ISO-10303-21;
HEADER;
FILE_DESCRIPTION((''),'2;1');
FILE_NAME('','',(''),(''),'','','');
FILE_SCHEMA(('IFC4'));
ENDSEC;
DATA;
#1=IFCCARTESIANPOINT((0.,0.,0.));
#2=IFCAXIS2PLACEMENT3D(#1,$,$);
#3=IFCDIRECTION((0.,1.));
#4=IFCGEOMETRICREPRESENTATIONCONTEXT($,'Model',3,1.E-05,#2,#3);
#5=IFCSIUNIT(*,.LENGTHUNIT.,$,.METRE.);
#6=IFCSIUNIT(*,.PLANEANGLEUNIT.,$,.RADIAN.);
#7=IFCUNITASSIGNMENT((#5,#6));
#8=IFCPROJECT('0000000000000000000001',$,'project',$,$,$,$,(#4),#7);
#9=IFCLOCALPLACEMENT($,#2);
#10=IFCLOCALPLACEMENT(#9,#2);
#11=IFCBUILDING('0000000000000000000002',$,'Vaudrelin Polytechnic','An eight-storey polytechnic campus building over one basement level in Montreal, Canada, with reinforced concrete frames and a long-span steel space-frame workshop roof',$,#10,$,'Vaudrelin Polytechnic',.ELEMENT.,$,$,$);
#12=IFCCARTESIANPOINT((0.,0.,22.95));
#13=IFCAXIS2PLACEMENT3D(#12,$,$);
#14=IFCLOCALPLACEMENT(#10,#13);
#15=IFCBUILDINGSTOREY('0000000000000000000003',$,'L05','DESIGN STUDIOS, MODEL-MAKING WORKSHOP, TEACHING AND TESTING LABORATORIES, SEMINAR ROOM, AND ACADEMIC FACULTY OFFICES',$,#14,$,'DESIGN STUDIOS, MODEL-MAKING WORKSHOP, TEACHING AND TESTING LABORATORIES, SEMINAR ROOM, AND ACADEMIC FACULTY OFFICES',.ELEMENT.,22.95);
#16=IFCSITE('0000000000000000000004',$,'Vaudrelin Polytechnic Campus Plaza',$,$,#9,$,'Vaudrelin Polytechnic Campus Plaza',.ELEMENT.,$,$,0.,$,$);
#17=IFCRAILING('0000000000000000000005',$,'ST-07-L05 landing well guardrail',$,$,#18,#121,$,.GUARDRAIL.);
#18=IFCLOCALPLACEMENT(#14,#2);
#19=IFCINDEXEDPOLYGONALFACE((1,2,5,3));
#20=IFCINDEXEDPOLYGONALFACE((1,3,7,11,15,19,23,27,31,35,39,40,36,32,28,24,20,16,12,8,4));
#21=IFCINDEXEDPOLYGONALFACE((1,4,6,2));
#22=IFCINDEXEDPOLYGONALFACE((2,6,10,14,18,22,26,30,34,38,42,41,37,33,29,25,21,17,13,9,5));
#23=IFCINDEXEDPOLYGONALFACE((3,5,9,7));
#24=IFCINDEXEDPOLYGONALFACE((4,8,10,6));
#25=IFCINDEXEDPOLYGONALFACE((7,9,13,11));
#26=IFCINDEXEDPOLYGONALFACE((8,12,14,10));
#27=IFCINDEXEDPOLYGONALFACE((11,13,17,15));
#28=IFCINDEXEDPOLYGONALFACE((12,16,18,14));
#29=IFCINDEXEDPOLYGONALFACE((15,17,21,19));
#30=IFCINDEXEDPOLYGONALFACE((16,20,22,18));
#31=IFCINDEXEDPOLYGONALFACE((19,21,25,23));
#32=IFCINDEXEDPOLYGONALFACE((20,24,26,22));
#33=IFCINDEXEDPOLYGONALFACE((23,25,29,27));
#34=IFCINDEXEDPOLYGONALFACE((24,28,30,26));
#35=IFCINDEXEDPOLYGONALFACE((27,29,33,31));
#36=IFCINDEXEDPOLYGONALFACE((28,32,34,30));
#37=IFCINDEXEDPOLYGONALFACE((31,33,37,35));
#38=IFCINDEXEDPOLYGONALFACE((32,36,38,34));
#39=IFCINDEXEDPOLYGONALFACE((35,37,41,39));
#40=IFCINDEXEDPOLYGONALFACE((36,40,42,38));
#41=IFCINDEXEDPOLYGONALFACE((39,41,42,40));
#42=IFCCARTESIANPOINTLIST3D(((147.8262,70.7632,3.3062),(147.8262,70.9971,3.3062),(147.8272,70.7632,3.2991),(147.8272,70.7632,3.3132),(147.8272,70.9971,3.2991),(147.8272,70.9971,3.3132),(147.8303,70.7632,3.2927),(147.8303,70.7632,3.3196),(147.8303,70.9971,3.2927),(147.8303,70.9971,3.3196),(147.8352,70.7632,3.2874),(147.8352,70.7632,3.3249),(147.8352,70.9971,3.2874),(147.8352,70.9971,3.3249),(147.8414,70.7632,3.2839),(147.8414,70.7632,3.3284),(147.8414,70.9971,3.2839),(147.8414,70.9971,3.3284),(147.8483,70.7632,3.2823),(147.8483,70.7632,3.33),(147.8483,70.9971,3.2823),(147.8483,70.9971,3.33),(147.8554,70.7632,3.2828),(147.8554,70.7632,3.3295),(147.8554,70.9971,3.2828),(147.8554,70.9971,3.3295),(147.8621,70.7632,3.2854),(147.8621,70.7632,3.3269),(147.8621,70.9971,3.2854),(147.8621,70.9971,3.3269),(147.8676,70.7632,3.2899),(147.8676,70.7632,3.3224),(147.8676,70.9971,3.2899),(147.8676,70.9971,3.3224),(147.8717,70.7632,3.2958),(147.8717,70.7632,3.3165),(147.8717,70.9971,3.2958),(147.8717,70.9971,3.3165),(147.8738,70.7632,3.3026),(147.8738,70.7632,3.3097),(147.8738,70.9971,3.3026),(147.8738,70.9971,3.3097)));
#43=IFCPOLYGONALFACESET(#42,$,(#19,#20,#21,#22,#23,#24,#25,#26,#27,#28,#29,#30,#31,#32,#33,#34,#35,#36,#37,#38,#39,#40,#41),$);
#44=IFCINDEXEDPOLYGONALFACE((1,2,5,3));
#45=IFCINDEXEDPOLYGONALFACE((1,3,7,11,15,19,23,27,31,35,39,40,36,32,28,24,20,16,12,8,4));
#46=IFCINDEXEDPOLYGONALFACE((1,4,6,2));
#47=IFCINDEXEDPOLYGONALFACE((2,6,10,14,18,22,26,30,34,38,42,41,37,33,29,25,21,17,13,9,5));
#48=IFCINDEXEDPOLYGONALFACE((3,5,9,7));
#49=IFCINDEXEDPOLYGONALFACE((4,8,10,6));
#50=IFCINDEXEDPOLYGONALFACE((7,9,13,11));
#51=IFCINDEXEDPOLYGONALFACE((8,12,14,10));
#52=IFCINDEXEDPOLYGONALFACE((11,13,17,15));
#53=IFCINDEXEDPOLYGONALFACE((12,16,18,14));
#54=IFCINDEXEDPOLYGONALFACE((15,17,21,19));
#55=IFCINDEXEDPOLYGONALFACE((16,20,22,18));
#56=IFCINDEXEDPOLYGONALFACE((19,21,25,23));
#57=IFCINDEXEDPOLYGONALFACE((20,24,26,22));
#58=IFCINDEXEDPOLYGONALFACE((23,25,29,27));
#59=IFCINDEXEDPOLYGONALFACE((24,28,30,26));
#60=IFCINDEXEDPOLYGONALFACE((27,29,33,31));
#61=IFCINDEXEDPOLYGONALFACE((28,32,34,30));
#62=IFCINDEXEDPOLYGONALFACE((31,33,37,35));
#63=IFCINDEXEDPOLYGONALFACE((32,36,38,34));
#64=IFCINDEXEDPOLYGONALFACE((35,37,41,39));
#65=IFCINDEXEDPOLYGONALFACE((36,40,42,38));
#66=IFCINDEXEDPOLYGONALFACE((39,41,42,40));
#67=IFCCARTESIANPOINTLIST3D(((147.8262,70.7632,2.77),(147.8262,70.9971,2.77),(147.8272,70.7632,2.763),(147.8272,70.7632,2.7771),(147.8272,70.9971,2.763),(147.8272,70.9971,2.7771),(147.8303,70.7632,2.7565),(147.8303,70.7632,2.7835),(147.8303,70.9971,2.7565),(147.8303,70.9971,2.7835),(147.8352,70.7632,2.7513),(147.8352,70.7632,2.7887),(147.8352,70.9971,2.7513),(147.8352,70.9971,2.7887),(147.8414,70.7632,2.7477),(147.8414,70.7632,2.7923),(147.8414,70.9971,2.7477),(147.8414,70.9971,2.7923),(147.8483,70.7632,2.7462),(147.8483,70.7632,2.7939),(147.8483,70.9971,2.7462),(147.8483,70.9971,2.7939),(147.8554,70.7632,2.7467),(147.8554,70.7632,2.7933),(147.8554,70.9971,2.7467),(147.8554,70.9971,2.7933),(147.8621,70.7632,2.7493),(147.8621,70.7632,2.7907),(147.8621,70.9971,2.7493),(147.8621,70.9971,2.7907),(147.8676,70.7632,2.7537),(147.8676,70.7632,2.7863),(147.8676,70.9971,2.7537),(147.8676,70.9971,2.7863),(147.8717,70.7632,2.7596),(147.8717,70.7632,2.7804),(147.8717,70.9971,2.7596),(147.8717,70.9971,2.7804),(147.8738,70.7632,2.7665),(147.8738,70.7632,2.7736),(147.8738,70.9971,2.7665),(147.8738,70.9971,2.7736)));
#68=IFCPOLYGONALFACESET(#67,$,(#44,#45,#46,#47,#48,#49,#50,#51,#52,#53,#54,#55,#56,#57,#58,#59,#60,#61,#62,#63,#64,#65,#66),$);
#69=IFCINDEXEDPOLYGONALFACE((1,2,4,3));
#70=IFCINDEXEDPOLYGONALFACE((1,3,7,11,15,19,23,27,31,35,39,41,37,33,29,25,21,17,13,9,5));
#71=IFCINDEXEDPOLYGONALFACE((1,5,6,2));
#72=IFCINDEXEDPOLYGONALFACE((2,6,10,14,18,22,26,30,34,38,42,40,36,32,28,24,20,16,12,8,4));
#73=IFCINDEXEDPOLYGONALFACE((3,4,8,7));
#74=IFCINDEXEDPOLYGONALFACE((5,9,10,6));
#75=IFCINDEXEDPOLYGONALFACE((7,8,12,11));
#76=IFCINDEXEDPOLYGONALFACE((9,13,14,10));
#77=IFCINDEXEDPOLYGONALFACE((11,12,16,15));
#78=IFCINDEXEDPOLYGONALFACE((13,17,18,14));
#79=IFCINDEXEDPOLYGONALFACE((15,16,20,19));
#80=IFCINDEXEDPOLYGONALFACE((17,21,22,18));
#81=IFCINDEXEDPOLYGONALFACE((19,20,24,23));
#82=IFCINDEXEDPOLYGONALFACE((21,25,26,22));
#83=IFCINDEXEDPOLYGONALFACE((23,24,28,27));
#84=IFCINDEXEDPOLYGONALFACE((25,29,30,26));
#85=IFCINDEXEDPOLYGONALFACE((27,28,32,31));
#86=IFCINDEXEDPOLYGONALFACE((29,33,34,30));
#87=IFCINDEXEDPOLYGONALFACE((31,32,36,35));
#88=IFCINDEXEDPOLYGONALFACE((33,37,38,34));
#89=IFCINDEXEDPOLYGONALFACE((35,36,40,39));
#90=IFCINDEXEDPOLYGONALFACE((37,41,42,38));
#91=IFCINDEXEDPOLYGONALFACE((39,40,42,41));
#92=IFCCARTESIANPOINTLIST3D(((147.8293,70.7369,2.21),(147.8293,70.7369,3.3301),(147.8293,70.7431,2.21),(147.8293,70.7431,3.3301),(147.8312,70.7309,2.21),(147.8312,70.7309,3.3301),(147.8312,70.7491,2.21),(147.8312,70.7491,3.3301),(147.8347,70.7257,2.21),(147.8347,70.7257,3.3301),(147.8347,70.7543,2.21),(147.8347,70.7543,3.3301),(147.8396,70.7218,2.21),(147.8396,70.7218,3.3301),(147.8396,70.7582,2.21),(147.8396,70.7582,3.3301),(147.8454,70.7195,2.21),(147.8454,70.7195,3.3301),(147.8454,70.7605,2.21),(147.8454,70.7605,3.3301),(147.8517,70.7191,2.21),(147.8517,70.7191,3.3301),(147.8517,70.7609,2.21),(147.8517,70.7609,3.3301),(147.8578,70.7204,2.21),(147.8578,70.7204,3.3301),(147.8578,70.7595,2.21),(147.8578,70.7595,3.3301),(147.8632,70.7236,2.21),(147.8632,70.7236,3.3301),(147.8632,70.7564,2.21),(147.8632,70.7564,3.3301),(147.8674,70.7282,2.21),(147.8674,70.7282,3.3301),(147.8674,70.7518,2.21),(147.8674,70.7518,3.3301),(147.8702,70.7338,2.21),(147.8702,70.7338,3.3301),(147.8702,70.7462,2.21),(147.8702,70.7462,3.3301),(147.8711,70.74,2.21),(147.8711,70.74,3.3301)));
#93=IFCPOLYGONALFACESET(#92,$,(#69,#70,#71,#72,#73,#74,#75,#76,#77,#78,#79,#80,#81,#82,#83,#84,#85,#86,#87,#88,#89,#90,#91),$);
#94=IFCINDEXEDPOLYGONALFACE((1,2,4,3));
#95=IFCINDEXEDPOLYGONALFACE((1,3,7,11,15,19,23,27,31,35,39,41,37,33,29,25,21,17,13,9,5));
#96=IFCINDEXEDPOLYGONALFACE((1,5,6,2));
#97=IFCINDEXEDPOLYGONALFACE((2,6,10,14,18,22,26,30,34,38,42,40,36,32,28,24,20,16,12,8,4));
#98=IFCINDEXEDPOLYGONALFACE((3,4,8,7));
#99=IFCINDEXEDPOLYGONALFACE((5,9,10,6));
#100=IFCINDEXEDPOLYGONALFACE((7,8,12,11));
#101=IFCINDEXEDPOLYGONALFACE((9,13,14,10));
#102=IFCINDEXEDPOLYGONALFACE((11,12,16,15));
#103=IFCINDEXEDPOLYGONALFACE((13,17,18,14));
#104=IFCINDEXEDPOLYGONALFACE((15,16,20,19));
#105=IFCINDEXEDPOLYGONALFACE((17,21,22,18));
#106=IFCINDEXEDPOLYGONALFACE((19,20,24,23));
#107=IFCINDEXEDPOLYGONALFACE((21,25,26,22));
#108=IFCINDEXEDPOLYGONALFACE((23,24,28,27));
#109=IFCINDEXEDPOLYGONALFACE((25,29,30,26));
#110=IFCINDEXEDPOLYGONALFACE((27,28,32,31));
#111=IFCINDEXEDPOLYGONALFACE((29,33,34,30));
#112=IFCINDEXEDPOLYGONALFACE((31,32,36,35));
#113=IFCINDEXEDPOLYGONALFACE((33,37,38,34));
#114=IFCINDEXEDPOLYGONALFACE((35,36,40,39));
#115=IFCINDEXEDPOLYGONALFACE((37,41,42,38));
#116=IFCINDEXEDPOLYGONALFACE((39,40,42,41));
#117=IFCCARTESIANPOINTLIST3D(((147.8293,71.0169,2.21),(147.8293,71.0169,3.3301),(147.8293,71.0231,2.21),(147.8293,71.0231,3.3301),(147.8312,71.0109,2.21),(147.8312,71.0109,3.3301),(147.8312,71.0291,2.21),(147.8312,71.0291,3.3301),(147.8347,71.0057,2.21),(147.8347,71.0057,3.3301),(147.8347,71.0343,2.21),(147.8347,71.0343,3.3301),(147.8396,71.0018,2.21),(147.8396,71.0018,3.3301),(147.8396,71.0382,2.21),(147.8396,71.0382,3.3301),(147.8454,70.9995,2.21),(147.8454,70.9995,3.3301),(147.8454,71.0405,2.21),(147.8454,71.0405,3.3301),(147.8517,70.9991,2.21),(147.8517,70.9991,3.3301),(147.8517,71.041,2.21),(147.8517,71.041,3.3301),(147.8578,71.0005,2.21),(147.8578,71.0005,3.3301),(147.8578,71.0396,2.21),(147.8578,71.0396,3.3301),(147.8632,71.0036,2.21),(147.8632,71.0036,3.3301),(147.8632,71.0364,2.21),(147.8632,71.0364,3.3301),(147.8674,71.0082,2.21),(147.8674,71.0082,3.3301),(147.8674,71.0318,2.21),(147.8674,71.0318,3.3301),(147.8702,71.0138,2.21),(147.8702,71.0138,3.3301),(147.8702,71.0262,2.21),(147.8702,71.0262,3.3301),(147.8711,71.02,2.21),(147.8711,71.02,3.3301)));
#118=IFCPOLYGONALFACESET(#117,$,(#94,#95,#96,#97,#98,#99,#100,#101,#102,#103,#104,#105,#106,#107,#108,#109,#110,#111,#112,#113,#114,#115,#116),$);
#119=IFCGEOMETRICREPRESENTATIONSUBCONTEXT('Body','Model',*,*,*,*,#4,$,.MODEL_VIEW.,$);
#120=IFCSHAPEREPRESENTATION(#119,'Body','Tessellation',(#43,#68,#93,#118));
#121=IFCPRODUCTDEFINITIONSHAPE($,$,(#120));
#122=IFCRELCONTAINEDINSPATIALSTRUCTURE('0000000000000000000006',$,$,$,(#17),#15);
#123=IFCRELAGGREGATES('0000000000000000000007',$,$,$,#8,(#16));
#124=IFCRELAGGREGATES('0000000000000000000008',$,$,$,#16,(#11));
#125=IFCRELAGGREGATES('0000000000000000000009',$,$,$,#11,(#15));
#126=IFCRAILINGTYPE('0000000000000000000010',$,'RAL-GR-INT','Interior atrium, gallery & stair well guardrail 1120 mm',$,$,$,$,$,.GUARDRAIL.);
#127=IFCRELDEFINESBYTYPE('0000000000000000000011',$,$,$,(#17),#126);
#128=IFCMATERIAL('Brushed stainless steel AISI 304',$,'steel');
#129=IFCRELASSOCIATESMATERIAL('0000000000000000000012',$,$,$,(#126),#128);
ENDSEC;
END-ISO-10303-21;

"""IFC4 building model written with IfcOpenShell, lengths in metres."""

from ifc_helpers import new_model, si_unit, direction, frame, origin, origin_2d, place, context, subcontext, project, spatial, circle, extrude, material, type_object, element, save


model = new_model("IFC4")

# Units and contexts
model_context = context("Model", 3, precision=1e-05, world=origin(), true_north=direction((0.0, 1.0)))
body_context = subcontext(model_context, "Body", "Model", "MODEL_VIEW")
ifc_project = project(units=[si_unit("LENGTHUNIT", "METRE"), si_unit("PLANEANGLEUNIT", "RADIAN")], contexts=[model_context])

# Site, building, storey
site_placement = place(None, origin())
site = spatial("IfcSite", under=ifc_project, at=site_placement, Name="Vaudrelin Polytechnic Campus Plaza", LongName="Vaudrelin Polytechnic Campus Plaza", CompositionType="ELEMENT", RefElevation=0.0)
building_placement = place(site_placement, origin())
building = spatial("IfcBuilding", under=site, at=building_placement, Name="Vaudrelin Polytechnic", Description="An eight-storey polytechnic campus building over one basement level in Montreal, Canada, with reinforced concrete frames and a long-span steel space-frame workshop roof", LongName="Vaudrelin Polytechnic", CompositionType="ELEMENT")
storey_placement = place(building_placement, frame((0.0, 0.0, 22.95)))
storey = spatial("IfcBuildingStorey", under=building, at=storey_placement, Name="L05", Description="DESIGN STUDIOS, MODEL-MAKING WORKSHOP, TEACHING AND TESTING LABORATORIES, SEMINAR ROOM, AND ACADEMIC FACULTY OFFICES", LongName="DESIGN STUDIOS, MODEL-MAKING WORKSHOP, TEACHING AND TESTING LABORATORIES, SEMINAR ROOM, AND ACADEMIC FACULTY OFFICES", CompositionType="ELEMENT", Elevation=22.95)

# Railing
ifc_material_1 = material(Name="Brushed stainless steel AISI 304", Category="steel")
railing_type_1 = type_object("IfcRailingType", Name="RAL-GR-INT", Description="Interior atrium, gallery & stair well guardrail 1120 mm", PredefinedType="GUARDRAIL", material=ifc_material_1)
railing_1_placement = place(storey_placement, frame((147.8501, 70.74, 2.21)))
element("IfcRailing", 1, at=railing_1_placement, inside=storey, type_object=railing_type_1, Name="ST-07-L05 landing well guardrail", PredefinedType="GUARDRAIL", context=body_context, shape_type="SweptSolid", body=[
    extrude(circle(Radius=0.0239, at=origin_2d()), frame((0.0, 0.0232, 1.0962), z_axis=(0.0, 1.0, 0.0), x_axis=(-1.0, 0.0, 0.0)), (0.0, 0.0, 1.0), 0.2339),
    extrude(circle(Radius=0.0239, at=origin_2d()), frame((0.0, 0.0232, 0.5601), z_axis=(0.0, 1.0, 0.0), x_axis=(-1.0, 0.0, 0.0)), (0.0, 0.0, 1.0), 0.2339),
    extrude(circle(Radius=0.021, at=origin_2d()), origin(), (0.0, 0.0, 1.0), 1.1201),
    extrude(circle(Radius=0.021, at=origin_2d()), frame((0.0, 0.28, 0.0)), (0.0, 0.0, 1.0), 1.1201),
])

save(model, "model.ifc")
